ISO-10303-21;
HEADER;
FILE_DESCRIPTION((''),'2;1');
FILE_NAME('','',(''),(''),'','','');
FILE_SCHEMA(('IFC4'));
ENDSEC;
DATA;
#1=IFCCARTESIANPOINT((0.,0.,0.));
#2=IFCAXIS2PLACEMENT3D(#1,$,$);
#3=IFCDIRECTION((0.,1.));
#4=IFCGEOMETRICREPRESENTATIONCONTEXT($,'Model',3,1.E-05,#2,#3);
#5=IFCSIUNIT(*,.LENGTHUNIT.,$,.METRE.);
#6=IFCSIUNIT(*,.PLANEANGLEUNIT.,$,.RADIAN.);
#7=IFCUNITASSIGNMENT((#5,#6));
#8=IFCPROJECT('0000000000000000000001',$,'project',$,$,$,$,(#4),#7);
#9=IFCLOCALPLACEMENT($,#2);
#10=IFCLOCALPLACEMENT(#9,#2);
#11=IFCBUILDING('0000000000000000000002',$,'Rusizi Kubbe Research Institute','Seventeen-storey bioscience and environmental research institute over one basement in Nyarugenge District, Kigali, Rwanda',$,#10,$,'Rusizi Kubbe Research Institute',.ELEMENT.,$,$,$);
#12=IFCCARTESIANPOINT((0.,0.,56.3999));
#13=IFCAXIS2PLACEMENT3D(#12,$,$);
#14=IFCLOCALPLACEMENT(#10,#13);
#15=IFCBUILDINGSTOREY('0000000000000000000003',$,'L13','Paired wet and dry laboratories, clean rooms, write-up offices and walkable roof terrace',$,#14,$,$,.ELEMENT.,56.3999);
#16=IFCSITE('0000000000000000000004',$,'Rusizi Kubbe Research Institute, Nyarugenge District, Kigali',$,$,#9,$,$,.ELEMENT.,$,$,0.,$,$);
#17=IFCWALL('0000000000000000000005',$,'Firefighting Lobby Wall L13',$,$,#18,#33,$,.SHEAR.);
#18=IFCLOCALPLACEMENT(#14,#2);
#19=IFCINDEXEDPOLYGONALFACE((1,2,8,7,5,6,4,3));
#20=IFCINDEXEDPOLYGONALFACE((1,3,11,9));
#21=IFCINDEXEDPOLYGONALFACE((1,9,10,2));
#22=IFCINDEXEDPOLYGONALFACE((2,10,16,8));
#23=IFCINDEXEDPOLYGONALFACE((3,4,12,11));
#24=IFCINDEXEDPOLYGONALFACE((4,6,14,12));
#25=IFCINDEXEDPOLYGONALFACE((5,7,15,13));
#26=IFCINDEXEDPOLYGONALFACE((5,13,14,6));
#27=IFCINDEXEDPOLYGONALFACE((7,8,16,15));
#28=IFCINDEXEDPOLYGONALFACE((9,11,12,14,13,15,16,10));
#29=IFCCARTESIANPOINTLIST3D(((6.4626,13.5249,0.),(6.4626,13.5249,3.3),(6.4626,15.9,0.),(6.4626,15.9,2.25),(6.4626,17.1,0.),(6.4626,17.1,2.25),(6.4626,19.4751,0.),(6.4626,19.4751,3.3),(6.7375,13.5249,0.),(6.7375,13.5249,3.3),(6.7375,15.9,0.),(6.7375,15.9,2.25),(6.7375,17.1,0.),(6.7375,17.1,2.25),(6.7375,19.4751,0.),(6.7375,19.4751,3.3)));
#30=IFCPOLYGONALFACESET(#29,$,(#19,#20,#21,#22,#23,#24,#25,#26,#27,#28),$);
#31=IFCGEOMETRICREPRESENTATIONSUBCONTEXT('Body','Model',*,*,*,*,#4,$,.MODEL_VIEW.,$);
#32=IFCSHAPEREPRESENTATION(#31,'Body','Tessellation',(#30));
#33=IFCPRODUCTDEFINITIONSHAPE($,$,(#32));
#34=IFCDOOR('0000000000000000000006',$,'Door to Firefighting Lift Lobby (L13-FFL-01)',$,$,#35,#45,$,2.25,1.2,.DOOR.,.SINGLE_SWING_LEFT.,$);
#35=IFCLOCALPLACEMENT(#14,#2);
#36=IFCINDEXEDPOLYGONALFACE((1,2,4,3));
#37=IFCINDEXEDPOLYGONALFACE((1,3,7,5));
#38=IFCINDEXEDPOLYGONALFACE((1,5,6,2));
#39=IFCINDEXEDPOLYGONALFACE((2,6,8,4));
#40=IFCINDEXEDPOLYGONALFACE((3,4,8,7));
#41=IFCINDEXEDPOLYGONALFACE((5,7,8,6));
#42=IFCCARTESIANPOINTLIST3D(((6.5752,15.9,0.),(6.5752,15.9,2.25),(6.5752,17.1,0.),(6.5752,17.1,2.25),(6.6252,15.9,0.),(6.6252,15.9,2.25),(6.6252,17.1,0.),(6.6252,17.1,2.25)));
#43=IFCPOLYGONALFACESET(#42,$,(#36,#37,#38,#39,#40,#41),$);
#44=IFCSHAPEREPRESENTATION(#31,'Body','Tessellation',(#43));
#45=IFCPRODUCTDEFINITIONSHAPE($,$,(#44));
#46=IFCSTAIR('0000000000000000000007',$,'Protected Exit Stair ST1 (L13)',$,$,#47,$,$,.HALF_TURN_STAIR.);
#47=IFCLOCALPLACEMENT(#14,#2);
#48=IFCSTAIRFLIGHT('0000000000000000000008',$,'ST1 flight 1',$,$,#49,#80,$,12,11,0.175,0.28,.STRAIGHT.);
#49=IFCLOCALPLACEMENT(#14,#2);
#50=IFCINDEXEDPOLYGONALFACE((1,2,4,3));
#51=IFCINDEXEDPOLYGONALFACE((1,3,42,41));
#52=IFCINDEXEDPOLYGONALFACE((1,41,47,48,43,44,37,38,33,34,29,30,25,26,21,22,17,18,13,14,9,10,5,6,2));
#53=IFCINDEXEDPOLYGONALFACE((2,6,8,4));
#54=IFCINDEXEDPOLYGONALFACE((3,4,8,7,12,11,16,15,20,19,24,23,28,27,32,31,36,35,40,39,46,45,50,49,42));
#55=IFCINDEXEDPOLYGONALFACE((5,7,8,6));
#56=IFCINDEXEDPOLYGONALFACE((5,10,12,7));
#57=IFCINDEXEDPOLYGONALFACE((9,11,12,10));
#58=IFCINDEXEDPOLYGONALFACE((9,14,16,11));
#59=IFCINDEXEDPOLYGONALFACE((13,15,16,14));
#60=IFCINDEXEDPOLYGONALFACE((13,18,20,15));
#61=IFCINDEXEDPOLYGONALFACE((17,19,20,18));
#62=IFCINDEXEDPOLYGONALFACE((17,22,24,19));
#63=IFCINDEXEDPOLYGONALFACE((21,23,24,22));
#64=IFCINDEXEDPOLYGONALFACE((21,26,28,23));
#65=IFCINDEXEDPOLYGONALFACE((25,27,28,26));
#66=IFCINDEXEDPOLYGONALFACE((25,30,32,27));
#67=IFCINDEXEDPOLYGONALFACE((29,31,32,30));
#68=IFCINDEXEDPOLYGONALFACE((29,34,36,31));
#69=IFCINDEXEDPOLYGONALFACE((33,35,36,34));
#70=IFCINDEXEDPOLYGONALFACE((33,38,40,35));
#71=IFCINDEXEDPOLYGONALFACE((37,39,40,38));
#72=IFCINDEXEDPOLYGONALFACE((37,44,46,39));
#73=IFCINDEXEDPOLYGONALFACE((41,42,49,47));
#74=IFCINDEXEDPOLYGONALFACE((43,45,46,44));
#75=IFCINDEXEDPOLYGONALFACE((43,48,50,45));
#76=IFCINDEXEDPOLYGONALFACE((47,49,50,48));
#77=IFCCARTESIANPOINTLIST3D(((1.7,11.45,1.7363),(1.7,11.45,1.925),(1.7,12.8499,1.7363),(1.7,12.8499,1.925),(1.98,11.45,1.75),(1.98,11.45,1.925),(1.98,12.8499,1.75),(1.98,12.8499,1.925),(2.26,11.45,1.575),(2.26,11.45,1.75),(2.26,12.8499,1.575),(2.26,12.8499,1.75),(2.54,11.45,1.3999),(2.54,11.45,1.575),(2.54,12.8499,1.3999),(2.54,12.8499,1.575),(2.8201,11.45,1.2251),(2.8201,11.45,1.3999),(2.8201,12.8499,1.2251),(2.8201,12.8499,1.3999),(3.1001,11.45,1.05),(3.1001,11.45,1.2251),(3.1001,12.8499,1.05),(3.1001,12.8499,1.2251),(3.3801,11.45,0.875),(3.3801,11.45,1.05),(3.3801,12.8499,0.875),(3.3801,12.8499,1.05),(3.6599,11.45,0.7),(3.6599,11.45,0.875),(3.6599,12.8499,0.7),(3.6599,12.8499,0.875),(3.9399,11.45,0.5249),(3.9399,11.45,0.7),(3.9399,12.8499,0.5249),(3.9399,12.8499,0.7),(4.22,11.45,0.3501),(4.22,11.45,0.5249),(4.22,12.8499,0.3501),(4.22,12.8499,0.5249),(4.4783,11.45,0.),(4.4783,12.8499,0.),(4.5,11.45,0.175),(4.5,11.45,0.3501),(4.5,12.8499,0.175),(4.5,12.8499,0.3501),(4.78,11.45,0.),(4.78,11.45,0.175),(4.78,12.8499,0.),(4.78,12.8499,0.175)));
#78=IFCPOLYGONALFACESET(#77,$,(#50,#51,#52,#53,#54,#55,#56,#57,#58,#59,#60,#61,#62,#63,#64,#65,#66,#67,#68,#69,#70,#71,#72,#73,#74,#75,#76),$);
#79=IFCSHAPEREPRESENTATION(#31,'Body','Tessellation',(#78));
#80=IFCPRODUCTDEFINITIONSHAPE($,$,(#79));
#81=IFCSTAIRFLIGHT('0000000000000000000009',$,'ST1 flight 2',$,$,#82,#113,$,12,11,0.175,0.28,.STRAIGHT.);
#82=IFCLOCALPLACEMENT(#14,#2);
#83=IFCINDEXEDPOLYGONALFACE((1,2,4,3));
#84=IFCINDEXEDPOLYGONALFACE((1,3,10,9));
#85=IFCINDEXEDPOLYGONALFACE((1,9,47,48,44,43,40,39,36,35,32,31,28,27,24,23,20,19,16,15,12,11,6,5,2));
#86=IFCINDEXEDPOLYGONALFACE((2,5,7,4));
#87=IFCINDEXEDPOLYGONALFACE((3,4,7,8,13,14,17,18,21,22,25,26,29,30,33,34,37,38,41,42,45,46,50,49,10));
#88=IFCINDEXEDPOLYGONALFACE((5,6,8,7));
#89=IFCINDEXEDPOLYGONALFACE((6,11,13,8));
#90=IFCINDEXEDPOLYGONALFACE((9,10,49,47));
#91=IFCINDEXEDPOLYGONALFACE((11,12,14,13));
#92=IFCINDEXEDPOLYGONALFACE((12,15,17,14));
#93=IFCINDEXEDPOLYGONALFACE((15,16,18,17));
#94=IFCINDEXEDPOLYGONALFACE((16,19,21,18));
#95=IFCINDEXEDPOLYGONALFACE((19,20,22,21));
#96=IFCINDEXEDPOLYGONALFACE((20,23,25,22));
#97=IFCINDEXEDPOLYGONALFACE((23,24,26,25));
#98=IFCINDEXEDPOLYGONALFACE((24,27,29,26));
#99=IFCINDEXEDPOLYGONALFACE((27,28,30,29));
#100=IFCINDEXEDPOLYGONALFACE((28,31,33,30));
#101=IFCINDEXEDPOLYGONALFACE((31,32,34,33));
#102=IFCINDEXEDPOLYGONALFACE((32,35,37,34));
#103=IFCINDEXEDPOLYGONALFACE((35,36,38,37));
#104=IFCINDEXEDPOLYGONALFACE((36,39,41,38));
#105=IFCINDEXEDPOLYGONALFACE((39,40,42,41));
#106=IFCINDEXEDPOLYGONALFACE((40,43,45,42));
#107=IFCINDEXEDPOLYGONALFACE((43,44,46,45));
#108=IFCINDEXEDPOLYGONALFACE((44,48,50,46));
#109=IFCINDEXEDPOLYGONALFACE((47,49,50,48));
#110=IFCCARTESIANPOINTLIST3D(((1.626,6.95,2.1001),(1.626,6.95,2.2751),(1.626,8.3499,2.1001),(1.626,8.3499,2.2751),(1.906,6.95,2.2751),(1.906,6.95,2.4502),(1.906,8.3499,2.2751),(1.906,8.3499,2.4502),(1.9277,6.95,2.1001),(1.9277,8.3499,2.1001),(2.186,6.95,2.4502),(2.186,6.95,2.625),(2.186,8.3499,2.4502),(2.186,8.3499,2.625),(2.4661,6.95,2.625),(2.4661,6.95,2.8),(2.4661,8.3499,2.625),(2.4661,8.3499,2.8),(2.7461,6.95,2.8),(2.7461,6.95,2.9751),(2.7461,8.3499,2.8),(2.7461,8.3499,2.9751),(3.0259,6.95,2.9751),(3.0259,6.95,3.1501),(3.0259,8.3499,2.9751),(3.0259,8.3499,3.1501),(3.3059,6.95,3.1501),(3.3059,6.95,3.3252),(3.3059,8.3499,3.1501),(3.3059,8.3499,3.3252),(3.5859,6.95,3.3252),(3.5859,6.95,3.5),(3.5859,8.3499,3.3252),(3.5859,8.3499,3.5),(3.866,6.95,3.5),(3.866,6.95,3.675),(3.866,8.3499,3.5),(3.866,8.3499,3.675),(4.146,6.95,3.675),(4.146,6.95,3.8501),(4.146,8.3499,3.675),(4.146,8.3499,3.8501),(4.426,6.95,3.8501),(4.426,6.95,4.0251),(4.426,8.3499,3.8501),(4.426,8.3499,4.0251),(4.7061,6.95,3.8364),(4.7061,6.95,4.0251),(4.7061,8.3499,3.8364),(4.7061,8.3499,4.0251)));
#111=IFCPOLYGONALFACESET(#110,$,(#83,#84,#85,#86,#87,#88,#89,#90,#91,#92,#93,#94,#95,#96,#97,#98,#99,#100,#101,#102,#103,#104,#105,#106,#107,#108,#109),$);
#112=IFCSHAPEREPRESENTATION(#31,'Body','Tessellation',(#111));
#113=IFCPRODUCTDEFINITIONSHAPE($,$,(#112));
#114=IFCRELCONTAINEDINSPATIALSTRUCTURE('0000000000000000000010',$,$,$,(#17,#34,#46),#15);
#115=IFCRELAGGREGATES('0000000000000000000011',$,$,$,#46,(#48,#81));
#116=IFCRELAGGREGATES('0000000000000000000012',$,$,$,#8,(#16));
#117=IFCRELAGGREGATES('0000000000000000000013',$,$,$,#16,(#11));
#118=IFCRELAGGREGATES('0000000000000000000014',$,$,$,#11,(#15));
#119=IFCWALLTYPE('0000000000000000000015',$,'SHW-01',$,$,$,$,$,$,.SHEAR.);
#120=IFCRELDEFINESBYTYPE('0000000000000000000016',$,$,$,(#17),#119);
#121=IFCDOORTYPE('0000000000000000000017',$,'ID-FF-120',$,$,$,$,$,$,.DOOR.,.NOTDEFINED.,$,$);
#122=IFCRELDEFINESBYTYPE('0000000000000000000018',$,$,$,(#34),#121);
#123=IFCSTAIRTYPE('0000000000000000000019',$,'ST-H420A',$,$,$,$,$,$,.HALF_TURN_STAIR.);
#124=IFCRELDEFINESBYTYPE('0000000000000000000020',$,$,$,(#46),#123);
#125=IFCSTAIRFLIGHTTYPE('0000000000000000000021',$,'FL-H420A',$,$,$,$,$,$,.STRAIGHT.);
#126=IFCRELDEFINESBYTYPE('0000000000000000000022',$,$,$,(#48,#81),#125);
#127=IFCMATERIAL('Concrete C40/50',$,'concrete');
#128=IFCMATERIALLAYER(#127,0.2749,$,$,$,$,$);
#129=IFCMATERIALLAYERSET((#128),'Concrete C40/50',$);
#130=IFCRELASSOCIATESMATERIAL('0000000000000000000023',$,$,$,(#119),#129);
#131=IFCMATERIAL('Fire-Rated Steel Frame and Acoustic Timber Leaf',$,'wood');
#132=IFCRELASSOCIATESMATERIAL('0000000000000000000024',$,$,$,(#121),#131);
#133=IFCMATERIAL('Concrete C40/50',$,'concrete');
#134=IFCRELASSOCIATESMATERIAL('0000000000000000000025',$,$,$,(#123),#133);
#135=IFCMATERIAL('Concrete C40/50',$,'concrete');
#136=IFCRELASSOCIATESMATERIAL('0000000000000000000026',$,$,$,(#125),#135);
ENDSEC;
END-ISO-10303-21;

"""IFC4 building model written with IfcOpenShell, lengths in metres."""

from ifc_helpers import new_model, si_unit, direction, frame, frame_2d, origin, place, context, subcontext, project, spatial, polyline, rectangle, outline, extrude, material, layer, layer_set, type_object, element, fill, aggregate, save


model = new_model("IFC4")

# Units and contexts
model_context = context("Model", 3, precision=1e-05, world=origin(), true_north=direction((0.0, 1.0)))
body_context = subcontext(model_context, "Body", "Model", "MODEL_VIEW")
ifc_project = project(units=[si_unit("LENGTHUNIT", "METRE"), si_unit("PLANEANGLEUNIT", "RADIAN")], contexts=[model_context])

# Site, building, storey
site_placement = place(None, origin())
site = spatial("IfcSite", under=ifc_project, at=site_placement, Name="Rusizi Kubbe Research Institute, Nyarugenge District, Kigali", CompositionType="ELEMENT", RefElevation=0.0)
building_placement = place(site_placement, origin())
building = spatial("IfcBuilding", under=site, at=building_placement, Name="Rusizi Kubbe Research Institute", Description="Seventeen-storey bioscience and environmental research institute over one basement in Nyarugenge District, Kigali, Rwanda", LongName="Rusizi Kubbe Research Institute", CompositionType="ELEMENT")
storey_placement = place(building_placement, frame((0.0, 0.0, 56.3999)))
storey = spatial("IfcBuildingStorey", under=building, at=storey_placement, Name="L13", Description="Paired wet and dry laboratories, clean rooms, write-up offices and walkable roof terrace", CompositionType="ELEMENT", Elevation=56.3999)

# Wall, opening, door
ifc_material_1 = material(Name="Concrete C40/50", Category="concrete")
ifc_layer_1 = layer(ifc_material_1, 0.2749)
ifc_layer_set_1 = layer_set([ifc_layer_1], Name="Concrete C40/50")
wall_type_1 = type_object("IfcWallType", Name="SHW-01", PredefinedType="SHEAR", material=ifc_layer_set_1)
wall_1_placement = place(storey_placement, frame((6.6001, 13.5249, 0.0), z_axis=(0.0, 0.0, 1.0), x_axis=(0.0, 1.0, 0.0)))
wall_1 = element("IfcWall", 1, at=wall_1_placement, inside=storey, type_object=wall_type_1, Name="Firefighting Lobby Wall L13", PredefinedType="SHEAR", context=body_context, shape_type="SweptSolid", body=[
    extrude(rectangle(XDim=5.9502, YDim=0.2749, at=frame_2d((2.9751, 0.0))), origin(), (0.0, 0.0, 1.0), 3.3),
])
opening_1_placement = place(wall_1_placement, frame((2.375, 0.0, 0.0)))
opening_1 = element("IfcOpeningElement", 2, at=opening_1_placement, cuts=wall_1, PredefinedType="OPENING", context=body_context, shape_type="SweptSolid", body=[
    extrude(rectangle(XDim=1.2, YDim=2.25, at=frame_2d((0.6001, 1.125))), frame((0.0, 0.1475, 0.0), z_axis=(0.0, -1.0, 0.0), x_axis=(1.0, 0.0, 0.0)), (0.0, 0.0, 1.0), 0.2949),
])
ifc_material_2 = material(Name="Fire-Rated Steel Frame and Acoustic Timber Leaf", Category="wood")
door_type_1 = type_object("IfcDoorType", Name="ID-FF-120", OperationType="NOTDEFINED", PredefinedType="DOOR", material=ifc_material_2)
door_1_placement = place(opening_1_placement, origin())
door_1 = element("IfcDoor", 3, at=door_1_placement, inside=storey, type_object=door_type_1, Name="Door to Firefighting Lift Lobby (L13-FFL-01)", OperationType="SINGLE_SWING_LEFT", OverallHeight=2.25, OverallWidth=1.2, PredefinedType="DOOR", context=body_context, shape_type="SweptSolid", body=[
    extrude(rectangle(XDim=1.2, YDim=2.25, at=frame_2d((0.6001, 1.125))), frame((0.0, 0.0249, 0.0), z_axis=(0.0, -1.0, 0.0), x_axis=(1.0, 0.0, 0.0)), (0.0, 0.0, 1.0), 0.05),
])
fill(opening_1, door_1)

# Stair, stair flights
ifc_material_3 = material(Name="Concrete C40/50", Category="concrete")
stair_type = type_object("IfcStairType", Name="ST-H420A", PredefinedType="HALF_TURN_STAIR", material=ifc_material_3)
stair_placement = place(storey_placement, origin())
stair = element("IfcStair", 4, at=stair_placement, inside=storey, type_object=stair_type, Name="Protected Exit Stair ST1 (L13)", PredefinedType="HALF_TURN_STAIR")
ifc_material_4 = material(Name="Concrete C40/50", Category="concrete")
stair_flight_type = type_object("IfcStairFlightType", Name="FL-H420A", PredefinedType="STRAIGHT", material=ifc_material_4)
stair_flight_1_placement = place(storey_placement, frame((4.78, 12.1499, 0.0), z_axis=(0.0, 0.0, 1.0), x_axis=(-1.0, 0.0, 0.0)))
stair_flight_1 = element("IfcStairFlight", 5, at=stair_flight_1_placement, type_object=stair_flight_type, Name="ST1 flight 1", NumberOfRisers=12, NumberOfTreads=11, PredefinedType="STRAIGHT", RiserHeight=0.175, TreadLength=0.28, context=body_context, shape_type="SweptSolid", body=[
    extrude(outline(polyline([(0.0, 0.0), (0.0, 0.175), (0.28, 0.175), (0.28, 0.3501), (0.5601, 0.3501), (0.5601, 0.5249), (0.8401, 0.5249), (0.8401, 0.7), (1.1201, 0.7), (1.1201, 0.875), (1.3999, 0.875), (1.3999, 1.05), (1.6799, 1.05), (1.6799, 1.2251), (1.96, 1.2251), (1.96, 1.3999), (2.24, 1.3999), (2.24, 1.575), (2.52, 1.575), (2.52, 1.75), (2.8, 1.75), (2.8, 1.925), (3.0801, 1.925), (3.0801, 2.1001), (3.0801, 1.7363), (0.3018, 0.0), (0.0, 0.0)])), frame((0.0, 0.7, 0.0), z_axis=(0.0, -1.0, 0.0), x_axis=(1.0, 0.0, 0.0)), (0.0, 0.0, 1.0), 1.3999),
])
stair_flight_2_placement = place(storey_placement, frame((1.626, 7.6499, 2.1001), z_axis=(0.0, 0.0, 1.0), x_axis=(1.0, 0.0, 0.0)))
stair_flight_2 = element("IfcStairFlight", 6, at=stair_flight_2_placement, type_object=stair_flight_type, Name="ST1 flight 2", NumberOfRisers=12, NumberOfTreads=11, PredefinedType="STRAIGHT", RiserHeight=0.175, TreadLength=0.28, context=body_context, shape_type="SweptSolid", body=[
    extrude(outline(polyline([(0.0, 0.0), (0.0, 0.175), (0.28, 0.175), (0.28, 0.3501), (0.5601, 0.3501), (0.5601, 0.5249), (0.8401, 0.5249), (0.8401, 0.7), (1.1201, 0.7), (1.1201, 0.875), (1.3999, 0.875), (1.3999, 1.05), (1.6799, 1.05), (1.6799, 1.2251), (1.96, 1.2251), (1.96, 1.3999), (2.24, 1.3999), (2.24, 1.575), (2.52, 1.575), (2.52, 1.75), (2.8, 1.75), (2.8, 1.925), (3.0801, 1.925), (3.0801, 2.1001), (3.0801, 1.7363), (0.3018, 0.0), (0.0, 0.0)])), frame((0.0, 0.7, 0.0), z_axis=(0.0, -1.0, 0.0), x_axis=(1.0, 0.0, 0.0)), (0.0, 0.0, 1.0), 1.3999),
])
aggregate(stair, [stair_flight_1, stair_flight_2])

save(model, "model.ifc")
